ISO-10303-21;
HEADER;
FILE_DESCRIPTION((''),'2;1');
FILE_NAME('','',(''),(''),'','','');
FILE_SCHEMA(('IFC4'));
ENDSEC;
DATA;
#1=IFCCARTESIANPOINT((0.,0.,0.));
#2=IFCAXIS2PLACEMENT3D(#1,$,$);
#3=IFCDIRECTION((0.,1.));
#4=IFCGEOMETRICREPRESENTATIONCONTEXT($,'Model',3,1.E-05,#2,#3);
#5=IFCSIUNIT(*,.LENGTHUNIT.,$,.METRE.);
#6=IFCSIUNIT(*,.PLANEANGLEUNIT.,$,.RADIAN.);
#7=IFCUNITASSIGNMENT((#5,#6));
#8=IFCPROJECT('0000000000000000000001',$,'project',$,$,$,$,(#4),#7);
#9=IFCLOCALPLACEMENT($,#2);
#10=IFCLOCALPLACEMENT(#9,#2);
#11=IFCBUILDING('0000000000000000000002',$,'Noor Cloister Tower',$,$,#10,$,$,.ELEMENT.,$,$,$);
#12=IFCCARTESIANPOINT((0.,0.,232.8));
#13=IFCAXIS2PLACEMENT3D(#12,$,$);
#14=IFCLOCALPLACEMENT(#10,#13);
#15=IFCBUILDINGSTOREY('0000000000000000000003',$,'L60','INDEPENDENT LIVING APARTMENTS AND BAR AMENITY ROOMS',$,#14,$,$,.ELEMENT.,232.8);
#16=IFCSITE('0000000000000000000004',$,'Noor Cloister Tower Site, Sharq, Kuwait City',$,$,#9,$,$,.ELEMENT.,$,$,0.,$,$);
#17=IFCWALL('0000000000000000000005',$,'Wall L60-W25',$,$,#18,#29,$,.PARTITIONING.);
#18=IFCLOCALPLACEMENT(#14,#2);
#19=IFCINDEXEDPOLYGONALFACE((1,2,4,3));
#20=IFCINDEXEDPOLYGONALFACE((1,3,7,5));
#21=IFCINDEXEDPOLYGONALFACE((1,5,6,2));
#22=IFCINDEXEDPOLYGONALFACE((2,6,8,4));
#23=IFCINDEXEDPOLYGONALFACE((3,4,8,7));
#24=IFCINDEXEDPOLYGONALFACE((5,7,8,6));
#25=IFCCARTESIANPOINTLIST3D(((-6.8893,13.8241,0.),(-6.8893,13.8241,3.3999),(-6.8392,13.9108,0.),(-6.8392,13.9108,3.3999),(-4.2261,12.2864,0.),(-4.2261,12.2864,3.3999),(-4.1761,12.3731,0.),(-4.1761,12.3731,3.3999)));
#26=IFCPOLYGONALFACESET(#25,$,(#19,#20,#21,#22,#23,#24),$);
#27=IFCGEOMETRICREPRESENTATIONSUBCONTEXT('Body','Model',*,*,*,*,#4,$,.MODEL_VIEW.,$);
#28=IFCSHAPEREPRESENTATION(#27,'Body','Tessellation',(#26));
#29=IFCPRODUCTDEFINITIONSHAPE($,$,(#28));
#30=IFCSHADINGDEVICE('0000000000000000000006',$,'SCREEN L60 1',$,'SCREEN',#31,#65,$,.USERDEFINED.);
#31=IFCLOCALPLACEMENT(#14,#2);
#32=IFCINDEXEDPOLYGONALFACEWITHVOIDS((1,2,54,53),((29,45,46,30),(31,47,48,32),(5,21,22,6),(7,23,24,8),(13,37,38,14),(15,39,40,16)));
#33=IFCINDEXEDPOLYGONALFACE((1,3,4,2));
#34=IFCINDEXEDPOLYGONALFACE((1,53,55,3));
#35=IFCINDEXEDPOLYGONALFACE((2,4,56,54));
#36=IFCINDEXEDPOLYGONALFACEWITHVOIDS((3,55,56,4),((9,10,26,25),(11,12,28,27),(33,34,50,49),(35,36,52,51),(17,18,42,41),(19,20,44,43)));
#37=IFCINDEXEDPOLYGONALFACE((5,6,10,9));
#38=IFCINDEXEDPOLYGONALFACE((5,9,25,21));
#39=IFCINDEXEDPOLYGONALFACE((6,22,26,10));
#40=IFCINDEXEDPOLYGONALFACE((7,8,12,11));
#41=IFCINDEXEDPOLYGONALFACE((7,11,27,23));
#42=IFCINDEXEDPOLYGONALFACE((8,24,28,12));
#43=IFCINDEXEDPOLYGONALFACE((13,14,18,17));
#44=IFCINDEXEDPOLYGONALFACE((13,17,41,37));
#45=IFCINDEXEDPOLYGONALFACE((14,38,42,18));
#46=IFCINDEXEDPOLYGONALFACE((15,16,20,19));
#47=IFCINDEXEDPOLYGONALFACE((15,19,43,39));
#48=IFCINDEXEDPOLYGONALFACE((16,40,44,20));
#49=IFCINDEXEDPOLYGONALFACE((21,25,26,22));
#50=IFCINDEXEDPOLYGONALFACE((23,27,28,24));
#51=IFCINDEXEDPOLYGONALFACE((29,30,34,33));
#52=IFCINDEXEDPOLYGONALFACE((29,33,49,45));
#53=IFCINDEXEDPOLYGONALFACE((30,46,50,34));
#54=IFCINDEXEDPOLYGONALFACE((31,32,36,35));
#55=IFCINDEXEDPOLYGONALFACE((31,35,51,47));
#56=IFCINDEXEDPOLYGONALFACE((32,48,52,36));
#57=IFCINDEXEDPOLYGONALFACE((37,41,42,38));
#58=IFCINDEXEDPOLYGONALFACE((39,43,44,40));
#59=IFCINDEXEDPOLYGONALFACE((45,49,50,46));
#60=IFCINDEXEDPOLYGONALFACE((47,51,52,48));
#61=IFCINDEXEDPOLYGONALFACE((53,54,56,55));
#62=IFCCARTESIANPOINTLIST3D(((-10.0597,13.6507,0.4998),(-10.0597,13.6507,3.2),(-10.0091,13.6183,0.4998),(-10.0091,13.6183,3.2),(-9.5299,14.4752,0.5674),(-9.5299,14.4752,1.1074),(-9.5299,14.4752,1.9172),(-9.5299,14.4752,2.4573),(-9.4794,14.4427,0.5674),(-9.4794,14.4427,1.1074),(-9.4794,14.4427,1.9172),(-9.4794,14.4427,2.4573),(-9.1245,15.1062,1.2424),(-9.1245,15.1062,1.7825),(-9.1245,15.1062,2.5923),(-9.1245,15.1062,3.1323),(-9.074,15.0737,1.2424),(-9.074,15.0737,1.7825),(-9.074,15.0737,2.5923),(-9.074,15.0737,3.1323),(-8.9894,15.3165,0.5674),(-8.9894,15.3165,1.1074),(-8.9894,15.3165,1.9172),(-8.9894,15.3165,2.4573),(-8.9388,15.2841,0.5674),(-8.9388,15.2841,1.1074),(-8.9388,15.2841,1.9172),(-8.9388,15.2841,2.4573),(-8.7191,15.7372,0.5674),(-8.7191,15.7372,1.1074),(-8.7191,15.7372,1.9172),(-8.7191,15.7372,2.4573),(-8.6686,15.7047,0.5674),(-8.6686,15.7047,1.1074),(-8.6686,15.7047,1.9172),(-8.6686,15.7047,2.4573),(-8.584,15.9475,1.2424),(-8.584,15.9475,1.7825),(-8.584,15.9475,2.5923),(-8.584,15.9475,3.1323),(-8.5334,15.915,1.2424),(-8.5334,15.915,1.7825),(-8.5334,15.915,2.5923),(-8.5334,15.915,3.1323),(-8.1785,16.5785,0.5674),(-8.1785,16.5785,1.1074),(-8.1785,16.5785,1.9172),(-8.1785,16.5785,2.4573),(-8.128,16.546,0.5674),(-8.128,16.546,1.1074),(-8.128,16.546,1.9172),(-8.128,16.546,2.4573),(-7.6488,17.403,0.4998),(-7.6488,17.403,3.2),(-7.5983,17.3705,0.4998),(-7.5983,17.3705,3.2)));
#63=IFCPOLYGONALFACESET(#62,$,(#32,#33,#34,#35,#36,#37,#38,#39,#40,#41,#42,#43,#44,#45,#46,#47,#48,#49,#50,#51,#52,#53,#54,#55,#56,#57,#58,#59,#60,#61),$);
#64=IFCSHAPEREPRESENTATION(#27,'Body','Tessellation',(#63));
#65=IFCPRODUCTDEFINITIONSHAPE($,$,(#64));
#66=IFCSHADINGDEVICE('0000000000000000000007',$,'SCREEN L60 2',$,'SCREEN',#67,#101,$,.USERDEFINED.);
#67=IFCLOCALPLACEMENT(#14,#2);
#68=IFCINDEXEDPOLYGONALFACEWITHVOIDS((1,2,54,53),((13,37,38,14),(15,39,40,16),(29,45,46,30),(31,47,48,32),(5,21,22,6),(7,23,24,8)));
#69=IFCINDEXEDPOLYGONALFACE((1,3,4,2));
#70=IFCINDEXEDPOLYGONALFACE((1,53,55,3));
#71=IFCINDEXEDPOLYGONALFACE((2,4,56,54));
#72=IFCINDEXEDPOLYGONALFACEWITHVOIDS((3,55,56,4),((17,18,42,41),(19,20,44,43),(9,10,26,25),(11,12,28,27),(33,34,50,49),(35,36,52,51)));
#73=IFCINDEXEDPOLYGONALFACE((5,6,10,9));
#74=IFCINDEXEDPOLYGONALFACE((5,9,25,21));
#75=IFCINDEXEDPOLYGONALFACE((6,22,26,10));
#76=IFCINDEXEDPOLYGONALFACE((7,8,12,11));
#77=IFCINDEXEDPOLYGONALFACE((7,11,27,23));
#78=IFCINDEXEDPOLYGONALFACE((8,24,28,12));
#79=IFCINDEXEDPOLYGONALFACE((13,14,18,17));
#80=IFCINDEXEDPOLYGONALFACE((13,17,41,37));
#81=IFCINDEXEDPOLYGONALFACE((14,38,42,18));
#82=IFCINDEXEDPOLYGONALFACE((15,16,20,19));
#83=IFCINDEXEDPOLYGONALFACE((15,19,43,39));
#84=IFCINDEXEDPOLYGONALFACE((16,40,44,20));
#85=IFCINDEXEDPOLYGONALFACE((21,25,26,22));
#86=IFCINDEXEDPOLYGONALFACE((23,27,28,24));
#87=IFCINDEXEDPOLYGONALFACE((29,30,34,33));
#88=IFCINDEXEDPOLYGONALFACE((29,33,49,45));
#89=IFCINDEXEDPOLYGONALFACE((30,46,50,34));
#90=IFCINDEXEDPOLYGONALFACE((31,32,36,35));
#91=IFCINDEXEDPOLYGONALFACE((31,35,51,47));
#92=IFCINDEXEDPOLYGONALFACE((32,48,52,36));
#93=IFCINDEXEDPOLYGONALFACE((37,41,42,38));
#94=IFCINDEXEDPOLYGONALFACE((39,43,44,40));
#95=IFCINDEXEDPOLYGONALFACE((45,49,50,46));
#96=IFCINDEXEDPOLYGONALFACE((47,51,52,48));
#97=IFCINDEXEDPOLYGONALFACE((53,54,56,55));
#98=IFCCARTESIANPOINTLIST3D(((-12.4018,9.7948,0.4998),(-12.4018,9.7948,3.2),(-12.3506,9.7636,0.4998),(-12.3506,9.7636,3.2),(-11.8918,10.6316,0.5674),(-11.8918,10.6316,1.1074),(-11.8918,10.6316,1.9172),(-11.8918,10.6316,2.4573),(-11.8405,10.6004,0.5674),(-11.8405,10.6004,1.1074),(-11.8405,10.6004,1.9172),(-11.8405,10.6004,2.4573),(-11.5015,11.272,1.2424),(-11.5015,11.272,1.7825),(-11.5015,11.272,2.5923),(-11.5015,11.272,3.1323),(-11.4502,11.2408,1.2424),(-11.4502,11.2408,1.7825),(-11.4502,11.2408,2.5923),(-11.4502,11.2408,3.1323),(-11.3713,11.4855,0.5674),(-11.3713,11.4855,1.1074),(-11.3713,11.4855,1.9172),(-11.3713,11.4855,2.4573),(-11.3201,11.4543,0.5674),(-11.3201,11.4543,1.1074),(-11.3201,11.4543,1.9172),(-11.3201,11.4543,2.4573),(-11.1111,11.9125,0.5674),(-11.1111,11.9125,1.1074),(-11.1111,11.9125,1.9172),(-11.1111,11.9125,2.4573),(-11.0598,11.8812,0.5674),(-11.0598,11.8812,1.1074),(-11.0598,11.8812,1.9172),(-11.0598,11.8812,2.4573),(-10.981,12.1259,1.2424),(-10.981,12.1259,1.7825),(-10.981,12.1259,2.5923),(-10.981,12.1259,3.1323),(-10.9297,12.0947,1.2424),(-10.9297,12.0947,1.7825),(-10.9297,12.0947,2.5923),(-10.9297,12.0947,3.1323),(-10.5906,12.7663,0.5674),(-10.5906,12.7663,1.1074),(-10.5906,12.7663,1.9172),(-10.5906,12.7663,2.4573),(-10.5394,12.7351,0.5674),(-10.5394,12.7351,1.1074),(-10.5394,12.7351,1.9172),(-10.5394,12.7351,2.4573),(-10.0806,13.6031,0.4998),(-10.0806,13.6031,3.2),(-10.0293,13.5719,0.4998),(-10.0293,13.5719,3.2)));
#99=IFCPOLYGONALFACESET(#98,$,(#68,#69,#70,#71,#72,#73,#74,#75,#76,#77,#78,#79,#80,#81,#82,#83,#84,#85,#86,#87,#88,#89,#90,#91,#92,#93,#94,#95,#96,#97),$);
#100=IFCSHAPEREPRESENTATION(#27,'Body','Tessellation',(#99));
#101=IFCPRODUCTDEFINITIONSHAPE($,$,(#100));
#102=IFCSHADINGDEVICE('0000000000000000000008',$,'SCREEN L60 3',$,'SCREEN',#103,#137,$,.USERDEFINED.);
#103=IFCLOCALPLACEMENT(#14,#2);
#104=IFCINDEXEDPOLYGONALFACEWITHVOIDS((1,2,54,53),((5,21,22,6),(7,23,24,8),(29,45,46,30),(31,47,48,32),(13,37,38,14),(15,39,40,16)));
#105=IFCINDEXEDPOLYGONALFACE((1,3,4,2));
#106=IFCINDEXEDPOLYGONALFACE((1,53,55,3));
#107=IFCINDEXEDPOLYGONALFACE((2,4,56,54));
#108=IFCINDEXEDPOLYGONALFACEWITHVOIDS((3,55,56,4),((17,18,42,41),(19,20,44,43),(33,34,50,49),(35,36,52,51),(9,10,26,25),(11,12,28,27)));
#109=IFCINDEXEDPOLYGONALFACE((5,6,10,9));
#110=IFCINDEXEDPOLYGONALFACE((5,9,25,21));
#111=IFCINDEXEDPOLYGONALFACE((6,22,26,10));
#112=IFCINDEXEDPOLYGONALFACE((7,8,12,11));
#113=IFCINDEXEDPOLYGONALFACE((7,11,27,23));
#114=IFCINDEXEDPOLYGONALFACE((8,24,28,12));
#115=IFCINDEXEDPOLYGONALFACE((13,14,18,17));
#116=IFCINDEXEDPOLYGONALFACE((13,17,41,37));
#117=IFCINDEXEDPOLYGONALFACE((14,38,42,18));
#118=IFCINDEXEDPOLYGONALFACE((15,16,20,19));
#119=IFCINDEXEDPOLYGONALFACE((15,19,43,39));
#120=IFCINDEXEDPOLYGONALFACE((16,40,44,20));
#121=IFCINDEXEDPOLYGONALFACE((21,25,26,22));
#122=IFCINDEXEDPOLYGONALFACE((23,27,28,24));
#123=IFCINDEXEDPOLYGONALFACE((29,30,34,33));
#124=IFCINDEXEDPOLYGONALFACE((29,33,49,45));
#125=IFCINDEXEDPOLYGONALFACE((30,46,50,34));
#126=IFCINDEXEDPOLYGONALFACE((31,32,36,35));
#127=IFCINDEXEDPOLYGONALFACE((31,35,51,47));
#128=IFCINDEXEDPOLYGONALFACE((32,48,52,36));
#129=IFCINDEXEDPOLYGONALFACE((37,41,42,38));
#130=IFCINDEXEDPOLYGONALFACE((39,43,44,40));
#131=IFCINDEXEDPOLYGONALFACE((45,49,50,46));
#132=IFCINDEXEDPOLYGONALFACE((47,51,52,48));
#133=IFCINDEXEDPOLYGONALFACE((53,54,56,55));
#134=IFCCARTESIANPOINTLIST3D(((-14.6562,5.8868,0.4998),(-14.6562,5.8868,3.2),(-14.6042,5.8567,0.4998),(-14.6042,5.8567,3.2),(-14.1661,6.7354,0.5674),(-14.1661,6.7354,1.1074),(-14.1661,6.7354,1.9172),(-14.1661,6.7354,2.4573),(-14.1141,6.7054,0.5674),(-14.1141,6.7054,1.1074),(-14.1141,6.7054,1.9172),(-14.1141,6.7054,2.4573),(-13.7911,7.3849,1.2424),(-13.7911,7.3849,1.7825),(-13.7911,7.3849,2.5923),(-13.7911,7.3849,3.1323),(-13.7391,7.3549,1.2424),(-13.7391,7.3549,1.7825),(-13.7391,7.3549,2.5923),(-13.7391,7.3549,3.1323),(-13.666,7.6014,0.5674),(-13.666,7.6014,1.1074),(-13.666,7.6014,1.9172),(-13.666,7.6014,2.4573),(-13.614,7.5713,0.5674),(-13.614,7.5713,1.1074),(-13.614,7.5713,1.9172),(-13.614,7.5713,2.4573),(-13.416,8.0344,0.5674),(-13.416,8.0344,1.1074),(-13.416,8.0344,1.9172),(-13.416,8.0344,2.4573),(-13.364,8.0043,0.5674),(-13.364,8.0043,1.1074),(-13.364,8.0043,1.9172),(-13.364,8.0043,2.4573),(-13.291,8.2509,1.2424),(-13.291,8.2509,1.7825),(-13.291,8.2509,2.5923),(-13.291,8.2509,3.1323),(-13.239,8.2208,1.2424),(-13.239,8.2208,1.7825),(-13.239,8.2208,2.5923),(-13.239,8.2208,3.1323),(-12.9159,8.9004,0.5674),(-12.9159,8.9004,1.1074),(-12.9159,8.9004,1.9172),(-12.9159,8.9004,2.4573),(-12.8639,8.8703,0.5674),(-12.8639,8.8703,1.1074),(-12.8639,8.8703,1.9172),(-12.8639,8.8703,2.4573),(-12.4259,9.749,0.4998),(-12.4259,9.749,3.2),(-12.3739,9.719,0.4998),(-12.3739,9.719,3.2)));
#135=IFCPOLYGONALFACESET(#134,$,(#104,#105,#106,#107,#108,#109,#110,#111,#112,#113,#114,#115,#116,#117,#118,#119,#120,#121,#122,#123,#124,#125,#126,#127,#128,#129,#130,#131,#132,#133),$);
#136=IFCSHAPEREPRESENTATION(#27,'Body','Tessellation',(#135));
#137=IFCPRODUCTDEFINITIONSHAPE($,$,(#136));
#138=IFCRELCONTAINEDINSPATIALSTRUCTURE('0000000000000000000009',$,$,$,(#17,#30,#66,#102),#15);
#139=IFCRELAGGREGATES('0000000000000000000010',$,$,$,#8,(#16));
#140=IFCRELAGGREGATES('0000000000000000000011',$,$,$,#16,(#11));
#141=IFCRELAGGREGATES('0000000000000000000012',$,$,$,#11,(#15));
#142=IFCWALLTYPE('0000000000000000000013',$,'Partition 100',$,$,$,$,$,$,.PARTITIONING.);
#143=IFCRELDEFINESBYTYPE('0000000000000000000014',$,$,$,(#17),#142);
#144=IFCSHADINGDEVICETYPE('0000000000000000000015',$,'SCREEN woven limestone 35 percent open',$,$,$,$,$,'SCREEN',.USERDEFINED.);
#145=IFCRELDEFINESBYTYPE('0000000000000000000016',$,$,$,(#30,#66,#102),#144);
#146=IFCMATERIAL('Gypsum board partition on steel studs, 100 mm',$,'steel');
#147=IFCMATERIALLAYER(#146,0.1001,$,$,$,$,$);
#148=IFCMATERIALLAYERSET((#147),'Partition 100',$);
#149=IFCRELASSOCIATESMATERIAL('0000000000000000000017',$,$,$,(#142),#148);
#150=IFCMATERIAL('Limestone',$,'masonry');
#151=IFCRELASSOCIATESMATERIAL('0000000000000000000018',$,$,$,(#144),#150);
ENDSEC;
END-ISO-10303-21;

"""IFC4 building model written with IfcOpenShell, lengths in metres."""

from ifc_helpers import new_model, si_unit, direction, frame, frame_2d, origin, place, context, subcontext, project, spatial, polyline, rectangle, outline, extrude, material, layer, layer_set, material_profile, profile_set, type_object, element, save


model = new_model("IFC4")

# Units and contexts
model_context = context("Model", 3, precision=1e-05, world=origin(), true_north=direction((0.0, 1.0)))
body_context = subcontext(model_context, "Body", "Model", "MODEL_VIEW")
ifc_project = project(units=[si_unit("LENGTHUNIT", "METRE"), si_unit("PLANEANGLEUNIT", "RADIAN")], contexts=[model_context])

# Site, building, storey
site_placement = place(None, origin())
site = spatial("IfcSite", under=ifc_project, at=site_placement, Name="Noor Cloister Tower Site, Sharq, Kuwait City", CompositionType="ELEMENT", RefElevation=0.0)
building_placement = place(site_placement, origin())
building = spatial("IfcBuilding", under=site, at=building_placement, Name="Noor Cloister Tower", CompositionType="ELEMENT")
storey_placement = place(building_placement, frame((0.0, 0.0, 232.8)))
storey = spatial("IfcBuildingStorey", under=building, at=storey_placement, Name="L60", Description="INDEPENDENT LIVING APARTMENTS AND BAR AMENITY ROOMS", CompositionType="ELEMENT", Elevation=232.8)

# Shared definitions
ifc_material_1 = material(Name="Gypsum board partition on steel studs, 100 mm", Category="steel")
ifc_layer_1 = layer(ifc_material_1, 0.1001)
ifc_layer_set_1 = layer_set([ifc_layer_1], Name="Partition 100")
wall_type_1 = type_object("IfcWallType", Name="Partition 100", PredefinedType="PARTITIONING", material=ifc_layer_set_1)

# Wall
wall_1_placement = place(storey_placement, frame((-6.8643, 13.8674, 0.0), z_axis=(0.0, 0.0, 1.0), x_axis=(0.866016, -0.500016, 0.0)))
element("IfcWall", 1, at=wall_1_placement, inside=storey, type_object=wall_type_1, Name="Wall L60-W25", PredefinedType="PARTITIONING", context=body_context, shape_type="SweptSolid", body=[
    extrude(rectangle(XDim=3.0752, YDim=0.1001, at=frame_2d((1.5376, 0.0))), origin(), (0.0, 0.0, 1.0), 3.3999),
])

# Shading devices
ifc_material_2 = material(Name="Limestone", Category="masonry")
ifc_material_profile_1 = material_profile(ifc_material_2, outline(polyline([(-2.23, -1.3501), (2.23, -1.3501), (2.23, 1.3501), (-2.23, 1.3501), (-2.23, -1.3501)]), holes=[polyline([(-1.25, -1.2825), (-0.25, -1.2825), (-0.25, -0.7424), (-1.25, -0.7424), (-1.25, -1.2825)]), polyline([(0.25, -1.2825), (1.25, -1.2825), (1.25, -0.7424), (0.25, -0.7424), (0.25, -1.2825)]), polyline([(-0.5, -0.6074), (0.5, -0.6074), (0.5, -0.0674), (-0.5, -0.0674), (-0.5, -0.6074)]), polyline([(-1.25, 0.0674), (-0.25, 0.0674), (-0.25, 0.6074), (-1.25, 0.6074), (-1.25, 0.0674)]), polyline([(0.25, 0.0674), (1.25, 0.0674), (1.25, 0.6074), (0.25, 0.6074), (0.25, 0.0674)]), polyline([(-0.5, 0.7424), (0.5, 0.7424), (0.5, 1.2825), (-0.5, 1.2825), (-0.5, 0.7424)])]), Name="Woven screen 35 percent open")
ifc_profile_set_1 = profile_set([ifc_material_profile_1], Name="Limestone")
shading_device_type = type_object("IfcShadingDeviceType", Name="SCREEN woven limestone 35 percent open", ElementType="SCREEN", PredefinedType="USERDEFINED", material=ifc_profile_set_1)
for number, where, z_axis, x_axis, name in (
    (2, (-8.8037, 15.4944, 1.8499), (-0.841311, 0.540552, 0.0), (-0.540552, -0.841311, 0.0), "SCREEN L60 1"),
    (3, (-11.1899, 11.6677, 1.8499), (-0.853884, 0.520463, 0.0), (-0.520463, -0.853884, 0.0), "SCREEN L60 2"),
    (4, (-13.489, 7.7878, 1.8499), (-0.865982, 0.500074, 0.0), (-0.500074, -0.865982, 0.0), "SCREEN L60 3"),
):
    element("IfcShadingDevice", number, at=place(storey_placement, frame(where, z_axis=z_axis, x_axis=x_axis)), inside=storey, type_object=shading_device_type, Name=name, ObjectType="SCREEN", PredefinedType="USERDEFINED", context=body_context, shape_type="SweptSolid", body=[
        extrude(outline(polyline([(-2.23, -1.3501), (2.23, -1.3501), (2.23, 1.3501), (-2.23, 1.3501), (-2.23, -1.3501)]), holes=[polyline([(-1.25, -1.2825), (-0.25, -1.2825), (-0.25, -0.7424), (-1.25, -0.7424), (-1.25, -1.2825)]), polyline([(0.25, -1.2825), (1.25, -1.2825), (1.25, -0.7424), (0.25, -0.7424), (0.25, -1.2825)]), polyline([(-0.5, -0.6074), (0.5, -0.6074), (0.5, -0.0674), (-0.5, -0.0674), (-0.5, -0.6074)]), polyline([(-1.25, 0.0674), (-0.25, 0.0674), (-0.25, 0.6074), (-1.25, 0.6074), (-1.25, 0.0674)]), polyline([(0.25, 0.0674), (1.25, 0.0674), (1.25, 0.6074), (0.25, 0.6074), (0.25, 0.0674)]), polyline([(-0.5, 0.7424), (0.5, 0.7424), (0.5, 1.2825), (-0.5, 1.2825), (-0.5, 0.7424)])]), origin(), (0.0, 0.0, 1.0), 0.0601),
    ])

save(model, "model.ifc")
